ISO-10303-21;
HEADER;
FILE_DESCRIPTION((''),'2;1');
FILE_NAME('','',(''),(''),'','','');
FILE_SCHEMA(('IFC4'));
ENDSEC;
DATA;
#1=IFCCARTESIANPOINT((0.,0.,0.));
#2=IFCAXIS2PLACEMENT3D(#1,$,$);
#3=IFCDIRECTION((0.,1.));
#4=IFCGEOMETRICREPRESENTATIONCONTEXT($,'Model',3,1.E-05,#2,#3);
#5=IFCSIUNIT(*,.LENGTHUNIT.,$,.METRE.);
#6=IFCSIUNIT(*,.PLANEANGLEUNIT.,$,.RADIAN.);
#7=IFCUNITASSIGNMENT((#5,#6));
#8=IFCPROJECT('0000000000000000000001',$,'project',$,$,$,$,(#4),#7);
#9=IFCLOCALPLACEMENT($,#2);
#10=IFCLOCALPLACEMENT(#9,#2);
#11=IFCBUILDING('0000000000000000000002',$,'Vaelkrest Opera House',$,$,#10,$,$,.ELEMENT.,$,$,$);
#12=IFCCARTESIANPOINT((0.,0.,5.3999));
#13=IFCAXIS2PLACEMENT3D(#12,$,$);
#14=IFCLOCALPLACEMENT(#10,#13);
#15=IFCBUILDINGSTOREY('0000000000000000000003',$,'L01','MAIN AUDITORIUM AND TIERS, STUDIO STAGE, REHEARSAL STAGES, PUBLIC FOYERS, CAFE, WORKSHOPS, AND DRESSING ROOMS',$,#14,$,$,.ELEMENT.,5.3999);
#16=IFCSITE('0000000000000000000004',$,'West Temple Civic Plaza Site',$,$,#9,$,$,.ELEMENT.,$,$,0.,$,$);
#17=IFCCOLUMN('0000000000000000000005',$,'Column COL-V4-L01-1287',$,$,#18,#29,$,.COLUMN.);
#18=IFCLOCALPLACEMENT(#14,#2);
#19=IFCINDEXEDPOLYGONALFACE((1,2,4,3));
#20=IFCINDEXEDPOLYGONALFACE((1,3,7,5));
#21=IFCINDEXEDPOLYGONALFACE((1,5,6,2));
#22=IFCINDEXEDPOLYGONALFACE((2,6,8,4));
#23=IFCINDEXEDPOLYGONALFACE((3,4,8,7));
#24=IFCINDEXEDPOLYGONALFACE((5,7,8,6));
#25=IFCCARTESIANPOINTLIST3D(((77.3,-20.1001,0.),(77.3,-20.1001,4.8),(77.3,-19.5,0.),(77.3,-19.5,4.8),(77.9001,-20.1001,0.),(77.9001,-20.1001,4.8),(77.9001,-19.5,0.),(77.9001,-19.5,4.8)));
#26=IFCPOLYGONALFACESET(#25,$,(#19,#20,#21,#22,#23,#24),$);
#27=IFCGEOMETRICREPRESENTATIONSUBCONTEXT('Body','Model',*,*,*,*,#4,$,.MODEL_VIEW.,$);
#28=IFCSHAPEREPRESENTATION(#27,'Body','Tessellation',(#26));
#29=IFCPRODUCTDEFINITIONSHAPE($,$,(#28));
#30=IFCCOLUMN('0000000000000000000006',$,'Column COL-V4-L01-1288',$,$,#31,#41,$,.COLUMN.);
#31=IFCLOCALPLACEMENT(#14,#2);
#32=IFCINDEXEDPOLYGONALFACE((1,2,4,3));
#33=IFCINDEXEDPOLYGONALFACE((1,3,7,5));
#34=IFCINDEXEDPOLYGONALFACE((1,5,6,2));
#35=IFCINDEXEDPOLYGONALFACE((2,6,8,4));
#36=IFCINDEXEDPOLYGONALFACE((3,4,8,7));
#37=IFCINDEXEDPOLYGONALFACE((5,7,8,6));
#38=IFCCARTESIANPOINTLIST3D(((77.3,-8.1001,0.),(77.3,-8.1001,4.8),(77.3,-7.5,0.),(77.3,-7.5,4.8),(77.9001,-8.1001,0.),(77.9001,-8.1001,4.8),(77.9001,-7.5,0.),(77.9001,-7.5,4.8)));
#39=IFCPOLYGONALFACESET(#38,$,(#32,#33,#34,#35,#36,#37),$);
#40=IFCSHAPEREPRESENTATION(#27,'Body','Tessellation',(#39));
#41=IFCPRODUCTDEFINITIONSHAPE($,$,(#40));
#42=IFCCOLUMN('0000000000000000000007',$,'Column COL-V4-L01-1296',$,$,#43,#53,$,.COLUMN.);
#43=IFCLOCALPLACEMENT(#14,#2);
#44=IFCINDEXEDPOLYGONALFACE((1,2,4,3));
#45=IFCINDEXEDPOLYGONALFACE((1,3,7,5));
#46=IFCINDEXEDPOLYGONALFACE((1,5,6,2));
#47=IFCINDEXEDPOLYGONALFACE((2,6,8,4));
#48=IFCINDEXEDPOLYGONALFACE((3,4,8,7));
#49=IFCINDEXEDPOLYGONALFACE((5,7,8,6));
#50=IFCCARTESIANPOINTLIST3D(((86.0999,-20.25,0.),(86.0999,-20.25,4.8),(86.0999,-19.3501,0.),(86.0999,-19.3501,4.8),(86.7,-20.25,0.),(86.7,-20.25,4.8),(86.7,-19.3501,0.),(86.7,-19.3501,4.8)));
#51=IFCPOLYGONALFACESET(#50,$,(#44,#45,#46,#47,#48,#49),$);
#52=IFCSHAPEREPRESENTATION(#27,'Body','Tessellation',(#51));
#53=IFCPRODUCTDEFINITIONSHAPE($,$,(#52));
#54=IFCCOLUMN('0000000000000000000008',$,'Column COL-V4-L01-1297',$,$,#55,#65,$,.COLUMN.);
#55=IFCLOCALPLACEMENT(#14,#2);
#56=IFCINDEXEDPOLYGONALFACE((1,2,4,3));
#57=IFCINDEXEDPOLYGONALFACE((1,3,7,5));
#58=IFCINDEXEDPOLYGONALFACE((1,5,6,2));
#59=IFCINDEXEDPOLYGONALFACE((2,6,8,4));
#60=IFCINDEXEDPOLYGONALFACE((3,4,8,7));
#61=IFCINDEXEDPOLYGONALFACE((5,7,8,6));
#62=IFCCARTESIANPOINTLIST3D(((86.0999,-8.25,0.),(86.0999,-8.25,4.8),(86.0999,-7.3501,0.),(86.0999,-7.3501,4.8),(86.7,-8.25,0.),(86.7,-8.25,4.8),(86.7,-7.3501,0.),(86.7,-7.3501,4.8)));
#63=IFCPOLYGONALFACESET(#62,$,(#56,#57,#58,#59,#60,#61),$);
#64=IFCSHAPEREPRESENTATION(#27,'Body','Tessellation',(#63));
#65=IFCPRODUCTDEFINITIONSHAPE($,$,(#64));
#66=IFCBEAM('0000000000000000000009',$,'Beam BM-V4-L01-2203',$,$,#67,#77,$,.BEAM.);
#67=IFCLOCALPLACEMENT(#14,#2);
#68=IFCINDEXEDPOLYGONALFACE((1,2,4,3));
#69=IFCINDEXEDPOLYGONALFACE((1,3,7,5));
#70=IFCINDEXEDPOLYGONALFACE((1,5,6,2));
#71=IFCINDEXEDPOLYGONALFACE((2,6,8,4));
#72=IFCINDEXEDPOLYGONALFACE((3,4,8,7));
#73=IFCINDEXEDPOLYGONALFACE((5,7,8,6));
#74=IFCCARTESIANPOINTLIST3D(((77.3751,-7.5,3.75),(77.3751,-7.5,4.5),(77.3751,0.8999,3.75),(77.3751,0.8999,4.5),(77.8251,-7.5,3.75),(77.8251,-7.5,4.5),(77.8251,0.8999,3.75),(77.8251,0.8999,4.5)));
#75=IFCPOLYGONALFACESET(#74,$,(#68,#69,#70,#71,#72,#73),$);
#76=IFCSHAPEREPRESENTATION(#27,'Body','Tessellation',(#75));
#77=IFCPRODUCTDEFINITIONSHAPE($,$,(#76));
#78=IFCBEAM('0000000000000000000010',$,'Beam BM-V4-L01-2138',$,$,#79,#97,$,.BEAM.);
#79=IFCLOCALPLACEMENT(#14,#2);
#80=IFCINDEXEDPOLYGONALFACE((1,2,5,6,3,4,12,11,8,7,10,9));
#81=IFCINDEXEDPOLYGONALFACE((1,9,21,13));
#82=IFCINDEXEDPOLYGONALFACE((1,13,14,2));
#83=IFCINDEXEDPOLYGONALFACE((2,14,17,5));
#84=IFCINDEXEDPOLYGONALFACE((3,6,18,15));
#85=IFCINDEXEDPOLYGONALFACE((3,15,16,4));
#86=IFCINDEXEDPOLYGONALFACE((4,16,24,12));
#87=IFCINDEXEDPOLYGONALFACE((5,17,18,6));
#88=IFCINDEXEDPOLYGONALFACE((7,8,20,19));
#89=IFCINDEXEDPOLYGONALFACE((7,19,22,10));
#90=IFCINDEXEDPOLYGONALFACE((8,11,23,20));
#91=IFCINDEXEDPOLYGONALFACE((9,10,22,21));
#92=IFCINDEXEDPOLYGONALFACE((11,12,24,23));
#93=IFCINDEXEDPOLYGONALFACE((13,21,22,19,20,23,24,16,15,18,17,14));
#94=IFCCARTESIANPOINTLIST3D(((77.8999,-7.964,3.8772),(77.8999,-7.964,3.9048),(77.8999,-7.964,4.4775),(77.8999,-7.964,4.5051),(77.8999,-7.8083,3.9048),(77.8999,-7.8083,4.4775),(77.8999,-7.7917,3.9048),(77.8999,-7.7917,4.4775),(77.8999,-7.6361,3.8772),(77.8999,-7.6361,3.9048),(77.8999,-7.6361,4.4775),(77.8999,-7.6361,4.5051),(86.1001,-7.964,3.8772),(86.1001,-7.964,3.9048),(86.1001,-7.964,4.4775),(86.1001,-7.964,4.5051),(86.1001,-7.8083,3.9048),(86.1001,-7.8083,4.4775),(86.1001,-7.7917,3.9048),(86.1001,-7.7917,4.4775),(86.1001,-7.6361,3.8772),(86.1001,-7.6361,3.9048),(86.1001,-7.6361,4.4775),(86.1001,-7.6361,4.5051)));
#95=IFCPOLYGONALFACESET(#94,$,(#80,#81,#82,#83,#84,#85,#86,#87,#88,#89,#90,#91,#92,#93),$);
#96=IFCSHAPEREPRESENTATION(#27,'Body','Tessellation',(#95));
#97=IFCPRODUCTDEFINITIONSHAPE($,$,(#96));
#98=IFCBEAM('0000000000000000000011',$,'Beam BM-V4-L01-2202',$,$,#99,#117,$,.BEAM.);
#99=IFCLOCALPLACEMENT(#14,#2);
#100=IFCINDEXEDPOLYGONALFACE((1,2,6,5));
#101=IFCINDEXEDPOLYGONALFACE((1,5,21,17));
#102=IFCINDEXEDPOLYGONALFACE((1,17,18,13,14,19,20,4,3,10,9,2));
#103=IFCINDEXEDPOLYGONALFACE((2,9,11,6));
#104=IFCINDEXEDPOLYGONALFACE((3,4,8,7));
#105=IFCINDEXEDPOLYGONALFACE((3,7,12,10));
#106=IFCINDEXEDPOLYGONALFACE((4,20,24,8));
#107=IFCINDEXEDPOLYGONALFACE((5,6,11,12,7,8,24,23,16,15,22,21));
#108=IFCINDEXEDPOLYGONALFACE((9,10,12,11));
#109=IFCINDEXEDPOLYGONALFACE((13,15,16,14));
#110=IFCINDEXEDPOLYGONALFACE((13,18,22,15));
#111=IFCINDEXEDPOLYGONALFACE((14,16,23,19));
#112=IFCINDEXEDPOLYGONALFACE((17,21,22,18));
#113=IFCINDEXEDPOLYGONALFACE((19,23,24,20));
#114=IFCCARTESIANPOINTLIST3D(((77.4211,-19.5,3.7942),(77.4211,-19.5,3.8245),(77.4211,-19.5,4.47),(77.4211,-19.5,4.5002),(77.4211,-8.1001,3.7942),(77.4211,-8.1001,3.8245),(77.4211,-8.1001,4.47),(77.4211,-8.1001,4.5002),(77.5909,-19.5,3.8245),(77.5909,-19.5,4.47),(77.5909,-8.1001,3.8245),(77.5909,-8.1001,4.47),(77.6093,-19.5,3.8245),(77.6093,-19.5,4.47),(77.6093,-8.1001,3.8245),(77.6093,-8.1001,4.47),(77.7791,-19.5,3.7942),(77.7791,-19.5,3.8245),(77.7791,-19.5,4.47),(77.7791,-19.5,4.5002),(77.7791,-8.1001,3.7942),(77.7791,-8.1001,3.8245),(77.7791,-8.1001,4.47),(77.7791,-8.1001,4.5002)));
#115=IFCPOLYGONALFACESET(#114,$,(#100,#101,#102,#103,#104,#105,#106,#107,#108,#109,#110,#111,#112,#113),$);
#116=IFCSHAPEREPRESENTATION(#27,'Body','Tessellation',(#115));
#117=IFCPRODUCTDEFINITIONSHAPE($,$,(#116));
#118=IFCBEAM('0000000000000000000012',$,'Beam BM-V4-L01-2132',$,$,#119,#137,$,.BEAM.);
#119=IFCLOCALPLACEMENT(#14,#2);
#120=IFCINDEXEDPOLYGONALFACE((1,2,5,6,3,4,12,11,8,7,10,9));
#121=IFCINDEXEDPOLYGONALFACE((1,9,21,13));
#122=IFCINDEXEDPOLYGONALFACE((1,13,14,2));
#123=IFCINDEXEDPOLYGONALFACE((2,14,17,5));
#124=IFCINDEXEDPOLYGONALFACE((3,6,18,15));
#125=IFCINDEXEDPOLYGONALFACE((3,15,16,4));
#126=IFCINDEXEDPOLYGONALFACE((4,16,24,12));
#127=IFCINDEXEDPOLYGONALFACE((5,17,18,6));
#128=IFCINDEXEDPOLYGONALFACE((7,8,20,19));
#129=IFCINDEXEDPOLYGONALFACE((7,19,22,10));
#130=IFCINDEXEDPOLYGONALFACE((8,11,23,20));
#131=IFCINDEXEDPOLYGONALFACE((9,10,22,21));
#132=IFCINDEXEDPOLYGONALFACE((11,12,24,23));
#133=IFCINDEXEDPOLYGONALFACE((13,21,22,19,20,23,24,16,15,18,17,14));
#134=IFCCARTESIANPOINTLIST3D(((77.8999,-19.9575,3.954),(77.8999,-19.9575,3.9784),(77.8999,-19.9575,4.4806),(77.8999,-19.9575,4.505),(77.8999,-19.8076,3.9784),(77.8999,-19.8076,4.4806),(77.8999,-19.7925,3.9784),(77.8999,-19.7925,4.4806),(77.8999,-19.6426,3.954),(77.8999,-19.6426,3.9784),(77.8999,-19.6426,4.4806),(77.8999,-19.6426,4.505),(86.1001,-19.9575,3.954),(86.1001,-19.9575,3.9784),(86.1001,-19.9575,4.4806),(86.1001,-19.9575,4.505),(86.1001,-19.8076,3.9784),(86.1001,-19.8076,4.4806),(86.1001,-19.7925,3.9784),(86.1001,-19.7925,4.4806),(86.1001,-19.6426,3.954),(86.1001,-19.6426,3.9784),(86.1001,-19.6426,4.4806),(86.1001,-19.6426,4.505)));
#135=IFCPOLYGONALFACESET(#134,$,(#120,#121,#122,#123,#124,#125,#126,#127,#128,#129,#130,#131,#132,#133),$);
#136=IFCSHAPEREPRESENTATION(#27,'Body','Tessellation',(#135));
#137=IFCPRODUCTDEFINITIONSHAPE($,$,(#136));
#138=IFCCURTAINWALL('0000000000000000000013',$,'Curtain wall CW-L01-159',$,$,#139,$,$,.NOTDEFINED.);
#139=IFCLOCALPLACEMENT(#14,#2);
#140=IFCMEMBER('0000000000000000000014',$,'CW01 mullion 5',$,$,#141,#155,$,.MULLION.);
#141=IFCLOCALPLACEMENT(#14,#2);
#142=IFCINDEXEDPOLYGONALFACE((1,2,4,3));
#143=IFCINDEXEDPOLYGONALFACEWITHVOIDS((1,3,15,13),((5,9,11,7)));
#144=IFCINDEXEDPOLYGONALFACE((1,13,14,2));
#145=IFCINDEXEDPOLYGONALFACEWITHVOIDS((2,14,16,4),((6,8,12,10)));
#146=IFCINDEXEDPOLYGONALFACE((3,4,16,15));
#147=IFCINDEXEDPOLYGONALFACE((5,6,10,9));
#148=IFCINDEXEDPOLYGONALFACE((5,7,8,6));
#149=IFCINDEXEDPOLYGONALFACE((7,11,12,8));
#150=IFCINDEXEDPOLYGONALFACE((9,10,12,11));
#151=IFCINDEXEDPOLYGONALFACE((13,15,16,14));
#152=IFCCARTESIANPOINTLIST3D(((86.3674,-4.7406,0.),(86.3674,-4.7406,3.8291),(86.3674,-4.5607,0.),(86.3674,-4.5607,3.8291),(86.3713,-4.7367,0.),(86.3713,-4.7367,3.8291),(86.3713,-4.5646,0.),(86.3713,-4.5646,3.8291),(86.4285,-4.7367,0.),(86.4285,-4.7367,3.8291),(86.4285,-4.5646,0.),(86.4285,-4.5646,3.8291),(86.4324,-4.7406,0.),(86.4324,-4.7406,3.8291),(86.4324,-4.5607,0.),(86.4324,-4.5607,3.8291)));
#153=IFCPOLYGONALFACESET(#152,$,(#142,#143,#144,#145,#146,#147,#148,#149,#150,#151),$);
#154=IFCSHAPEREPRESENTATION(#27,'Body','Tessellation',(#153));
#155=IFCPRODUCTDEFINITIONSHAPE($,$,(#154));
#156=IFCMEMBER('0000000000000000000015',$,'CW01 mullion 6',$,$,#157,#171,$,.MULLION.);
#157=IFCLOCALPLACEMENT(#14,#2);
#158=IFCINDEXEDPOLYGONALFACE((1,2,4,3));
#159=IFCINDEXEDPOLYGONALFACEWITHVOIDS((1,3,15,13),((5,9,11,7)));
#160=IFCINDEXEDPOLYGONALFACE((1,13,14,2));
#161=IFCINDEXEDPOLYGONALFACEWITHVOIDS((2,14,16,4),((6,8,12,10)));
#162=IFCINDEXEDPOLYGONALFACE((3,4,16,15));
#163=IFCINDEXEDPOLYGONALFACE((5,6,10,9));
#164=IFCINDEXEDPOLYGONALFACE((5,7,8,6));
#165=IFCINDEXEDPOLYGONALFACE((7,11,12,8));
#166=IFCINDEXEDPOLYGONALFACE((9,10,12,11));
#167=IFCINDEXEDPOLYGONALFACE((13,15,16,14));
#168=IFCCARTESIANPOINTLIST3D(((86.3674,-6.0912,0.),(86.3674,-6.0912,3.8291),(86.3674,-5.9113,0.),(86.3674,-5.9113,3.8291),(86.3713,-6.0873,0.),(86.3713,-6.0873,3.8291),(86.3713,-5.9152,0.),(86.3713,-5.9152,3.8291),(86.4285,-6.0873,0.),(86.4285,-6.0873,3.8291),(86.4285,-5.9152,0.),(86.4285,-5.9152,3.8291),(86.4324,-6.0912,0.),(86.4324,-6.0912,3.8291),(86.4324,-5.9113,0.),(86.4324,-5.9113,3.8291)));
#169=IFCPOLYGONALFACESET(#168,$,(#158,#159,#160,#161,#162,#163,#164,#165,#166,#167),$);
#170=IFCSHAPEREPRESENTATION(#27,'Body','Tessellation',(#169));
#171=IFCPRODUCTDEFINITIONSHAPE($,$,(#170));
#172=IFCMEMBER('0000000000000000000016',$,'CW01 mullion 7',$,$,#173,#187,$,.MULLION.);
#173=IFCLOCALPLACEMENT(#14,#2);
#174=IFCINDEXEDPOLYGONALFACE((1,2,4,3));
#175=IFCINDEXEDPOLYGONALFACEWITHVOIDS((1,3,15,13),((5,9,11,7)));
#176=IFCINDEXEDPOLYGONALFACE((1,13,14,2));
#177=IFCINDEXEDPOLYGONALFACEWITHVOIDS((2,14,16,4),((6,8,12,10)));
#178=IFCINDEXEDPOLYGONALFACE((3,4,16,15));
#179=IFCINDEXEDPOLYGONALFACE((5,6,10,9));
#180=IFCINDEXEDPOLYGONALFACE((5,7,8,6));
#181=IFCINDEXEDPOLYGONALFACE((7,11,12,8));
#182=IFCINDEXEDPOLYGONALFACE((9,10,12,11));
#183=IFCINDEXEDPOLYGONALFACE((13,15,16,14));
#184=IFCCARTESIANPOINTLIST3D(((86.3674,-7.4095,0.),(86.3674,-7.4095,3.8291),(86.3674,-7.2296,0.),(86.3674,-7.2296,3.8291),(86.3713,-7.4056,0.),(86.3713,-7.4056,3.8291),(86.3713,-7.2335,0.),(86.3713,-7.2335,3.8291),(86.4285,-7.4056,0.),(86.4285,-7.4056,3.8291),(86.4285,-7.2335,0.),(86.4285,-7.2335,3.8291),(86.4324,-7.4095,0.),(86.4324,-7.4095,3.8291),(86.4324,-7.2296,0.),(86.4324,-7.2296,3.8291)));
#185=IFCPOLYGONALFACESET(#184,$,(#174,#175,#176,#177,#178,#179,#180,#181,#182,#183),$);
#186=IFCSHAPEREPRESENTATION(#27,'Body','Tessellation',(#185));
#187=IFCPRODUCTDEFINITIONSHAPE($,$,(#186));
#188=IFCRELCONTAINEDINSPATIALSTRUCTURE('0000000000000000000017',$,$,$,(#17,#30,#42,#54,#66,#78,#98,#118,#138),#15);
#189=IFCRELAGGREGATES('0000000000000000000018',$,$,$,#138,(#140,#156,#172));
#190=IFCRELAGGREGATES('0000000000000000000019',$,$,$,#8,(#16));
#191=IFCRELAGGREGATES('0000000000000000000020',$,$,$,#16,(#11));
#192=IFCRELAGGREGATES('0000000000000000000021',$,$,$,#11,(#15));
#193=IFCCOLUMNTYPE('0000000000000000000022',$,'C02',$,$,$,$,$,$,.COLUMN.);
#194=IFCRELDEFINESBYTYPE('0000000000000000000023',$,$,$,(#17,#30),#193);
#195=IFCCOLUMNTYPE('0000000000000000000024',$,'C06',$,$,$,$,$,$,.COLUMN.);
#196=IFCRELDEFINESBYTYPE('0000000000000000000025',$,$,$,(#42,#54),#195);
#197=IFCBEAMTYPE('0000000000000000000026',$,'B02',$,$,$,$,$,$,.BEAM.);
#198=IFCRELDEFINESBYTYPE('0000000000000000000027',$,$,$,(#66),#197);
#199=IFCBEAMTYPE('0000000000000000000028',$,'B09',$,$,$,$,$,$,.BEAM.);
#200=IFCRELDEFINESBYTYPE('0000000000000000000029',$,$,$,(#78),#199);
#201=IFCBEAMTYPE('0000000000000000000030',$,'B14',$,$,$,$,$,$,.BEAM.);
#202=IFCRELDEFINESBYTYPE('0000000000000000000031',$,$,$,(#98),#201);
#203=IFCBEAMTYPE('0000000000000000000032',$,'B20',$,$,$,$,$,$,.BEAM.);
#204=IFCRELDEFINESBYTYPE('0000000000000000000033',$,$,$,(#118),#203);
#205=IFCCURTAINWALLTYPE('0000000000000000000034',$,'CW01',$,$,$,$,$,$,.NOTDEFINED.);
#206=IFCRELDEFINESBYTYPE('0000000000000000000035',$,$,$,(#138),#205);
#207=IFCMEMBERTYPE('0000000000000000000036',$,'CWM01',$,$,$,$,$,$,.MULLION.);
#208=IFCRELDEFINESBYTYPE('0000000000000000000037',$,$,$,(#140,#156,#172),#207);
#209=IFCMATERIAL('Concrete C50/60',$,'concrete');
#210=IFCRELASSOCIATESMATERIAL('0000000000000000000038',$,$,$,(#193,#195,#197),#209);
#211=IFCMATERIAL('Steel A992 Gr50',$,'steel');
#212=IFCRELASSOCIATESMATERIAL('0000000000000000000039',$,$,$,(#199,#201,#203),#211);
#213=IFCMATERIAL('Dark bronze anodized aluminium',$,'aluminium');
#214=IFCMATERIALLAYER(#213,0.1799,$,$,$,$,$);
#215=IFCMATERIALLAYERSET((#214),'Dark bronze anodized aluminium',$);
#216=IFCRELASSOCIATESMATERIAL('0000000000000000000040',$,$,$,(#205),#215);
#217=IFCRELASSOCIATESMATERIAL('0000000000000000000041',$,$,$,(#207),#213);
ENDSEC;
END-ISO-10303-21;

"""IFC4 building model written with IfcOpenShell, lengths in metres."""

from ifc_helpers import new_model, si_unit, direction, frame, origin, origin_2d, place, context, subcontext, project, spatial, rectangle, hollow_rectangle, i_section, extrude, material, layer, layer_set, material_profile, profile_set, type_object, element, aggregate, save


model = new_model("IFC4")

# Units and contexts
model_context = context("Model", 3, precision=1e-05, world=origin(), true_north=direction((0.0, 1.0)))
body_context = subcontext(model_context, "Body", "Model", "MODEL_VIEW")
ifc_project = project(units=[si_unit("LENGTHUNIT", "METRE"), si_unit("PLANEANGLEUNIT", "RADIAN")], contexts=[model_context])

# Site, building, storey
site_placement = place(None, origin())
site = spatial("IfcSite", under=ifc_project, at=site_placement, Name="West Temple Civic Plaza Site", CompositionType="ELEMENT", RefElevation=0.0)
building_placement = place(site_placement, origin())
building = spatial("IfcBuilding", under=site, at=building_placement, Name="Vaelkrest Opera House", CompositionType="ELEMENT")
storey_placement = place(building_placement, frame((0.0, 0.0, 5.3999)))
storey = spatial("IfcBuildingStorey", under=building, at=storey_placement, Name="L01", Description="MAIN AUDITORIUM AND TIERS, STUDIO STAGE, REHEARSAL STAGES, PUBLIC FOYERS, CAFE, WORKSHOPS, AND DRESSING ROOMS", CompositionType="ELEMENT", Elevation=5.3999)

# Columns
ifc_material_1 = material(Name="Concrete C50/60", Category="concrete")
ifc_material_profile_1 = material_profile(ifc_material_1, rectangle(XDim=0.6001, YDim=0.6001, at=origin_2d()), Name="RC600X600")
ifc_profile_set_1 = profile_set([ifc_material_profile_1], Name="Concrete C50/60")
column_type_1 = type_object("IfcColumnType", Name="C02", PredefinedType="COLUMN", material=ifc_profile_set_1)
for number, where, z_axis, x_axis, name in (
    (1, (77.6001, -19.8, 0.0), (0.0, 0.0, 1.0), (1.0, 0.0, 0.0), "Column COL-V4-L01-1287"),
    (2, (77.6001, -7.8, 0.0), (0.0, 0.0, 1.0), (1.0, 0.0, 0.0), "Column COL-V4-L01-1288"),
):
    element("IfcColumn", number, at=place(storey_placement, frame(where, z_axis=z_axis, x_axis=x_axis)), inside=storey, type_object=column_type_1, Name=name, PredefinedType="COLUMN", context=body_context, shape_type="SweptSolid", body=[
        extrude(rectangle(XDim=0.6001, YDim=0.6001, at=origin_2d()), origin(), (0.0, 0.0, 1.0), 4.8),
    ])
ifc_material_profile_2 = material_profile(ifc_material_1, rectangle(XDim=0.6001, YDim=0.8999, at=origin_2d()), Name="RC600X900")
ifc_profile_set_2 = profile_set([ifc_material_profile_2], Name="Concrete C50/60")
column_type_2 = type_object("IfcColumnType", Name="C06", PredefinedType="COLUMN", material=ifc_profile_set_2)
for number, where, z_axis, x_axis, name in (
    (3, (86.3999, -19.8, 0.0), (0.0, 0.0, 1.0), (1.0, 0.0, 0.0), "Column COL-V4-L01-1296"),
    (4, (86.3999, -7.8, 0.0), (0.0, 0.0, 1.0), (1.0, 0.0, 0.0), "Column COL-V4-L01-1297"),
):
    element("IfcColumn", number, at=place(storey_placement, frame(where, z_axis=z_axis, x_axis=x_axis)), inside=storey, type_object=column_type_2, Name=name, PredefinedType="COLUMN", context=body_context, shape_type="SweptSolid", body=[
        extrude(rectangle(XDim=0.6001, YDim=0.8999, at=origin_2d()), origin(), (0.0, 0.0, 1.0), 4.8),
    ])

# Beams
ifc_material_profile_3 = material_profile(ifc_material_1, rectangle(XDim=0.45, YDim=0.75, at=origin_2d()), Name="RCB450X750")
ifc_profile_set_3 = profile_set([ifc_material_profile_3], Name="Concrete C50/60")
beam_type_1 = type_object("IfcBeamType", Name="B02", PredefinedType="BEAM", material=ifc_profile_set_3)
beam_1_placement = place(storey_placement, frame((77.6001, -7.5, 4.125), z_axis=(0.0, 1.0, 0.0), x_axis=(-1.0, 0.0, 0.0)))
element("IfcBeam", 5, at=beam_1_placement, inside=storey, type_object=beam_type_1, Name="Beam BM-V4-L01-2203", PredefinedType="BEAM", context=body_context, shape_type="SweptSolid", body=[
    extrude(rectangle(XDim=0.45, YDim=0.75, at=origin_2d()), origin(), (0.0, 0.0, 1.0), 8.3999),
])
ifc_material_2 = material(Name="Steel A992 Gr50", Category="steel")
ifc_material_profile_4 = material_profile(ifc_material_2, i_section(OverallWidth=0.3279, OverallDepth=0.6279, WebThickness=0.0166, FlangeThickness=0.0276, at=origin_2d()), Name="W24X146")
ifc_profile_set_4 = profile_set([ifc_material_profile_4], Name="Steel A992 Gr50")
beam_type_2 = type_object("IfcBeamType", Name="B09", PredefinedType="BEAM", material=ifc_profile_set_4)
beam_2_placement = place(storey_placement, frame((77.8999, -7.8, 4.1912), z_axis=(1.0, 0.0, 0.0), x_axis=(0.0, 1.0, 0.0)))
element("IfcBeam", 6, at=beam_2_placement, inside=storey, type_object=beam_type_2, Name="Beam BM-V4-L01-2138", PredefinedType="BEAM", context=body_context, shape_type="SweptSolid", body=[
    extrude(i_section(OverallWidth=0.3279, OverallDepth=0.6279, WebThickness=0.0166, FlangeThickness=0.0276, at=origin_2d()), origin(), (0.0, 0.0, 1.0), 8.2002),
])
ifc_material_profile_5 = material_profile(ifc_material_2, i_section(OverallWidth=0.3579, OverallDepth=0.7061, WebThickness=0.0183, FlangeThickness=0.0303, at=origin_2d()), Name="W27X178")
ifc_profile_set_5 = profile_set([ifc_material_profile_5], Name="Steel A992 Gr50")
beam_type_3 = type_object("IfcBeamType", Name="B14", PredefinedType="BEAM", material=ifc_profile_set_5)
beam_3_placement = place(storey_placement, frame((77.6001, -19.5, 4.1472), z_axis=(0.0, 1.0, 0.0), x_axis=(-1.0, 0.0, 0.0)))
element("IfcBeam", 7, at=beam_3_placement, inside=storey, type_object=beam_type_3, Name="Beam BM-V4-L01-2202", PredefinedType="BEAM", context=body_context, shape_type="SweptSolid", body=[
    extrude(i_section(OverallWidth=0.3579, OverallDepth=0.7061, WebThickness=0.0183, FlangeThickness=0.0303, at=origin_2d()), origin(), (0.0, 0.0, 1.0), 11.3999),
])
ifc_material_profile_6 = material_profile(ifc_material_2, i_section(OverallWidth=0.3149, OverallDepth=0.551, WebThickness=0.0151, FlangeThickness=0.0244, at=origin_2d()), Name="W21X122")
ifc_profile_set_6 = profile_set([ifc_material_profile_6], Name="Steel A992 Gr50")
beam_type_4 = type_object("IfcBeamType", Name="B20", PredefinedType="BEAM", material=ifc_profile_set_6)
beam_4_placement = place(storey_placement, frame((77.8999, -19.8, 4.2295), z_axis=(1.0, 0.0, 0.0), x_axis=(0.0, 1.0, 0.0)))
element("IfcBeam", 8, at=beam_4_placement, inside=storey, type_object=beam_type_4, Name="Beam BM-V4-L01-2132", PredefinedType="BEAM", context=body_context, shape_type="SweptSolid", body=[
    extrude(i_section(OverallWidth=0.3149, OverallDepth=0.551, WebThickness=0.0151, FlangeThickness=0.0244, at=origin_2d()), origin(), (0.0, 0.0, 1.0), 8.2002),
])

# Curtain wall, members
ifc_material_3 = material(Name="Dark bronze anodized aluminium", Category="aluminium")
ifc_layer_1 = layer(ifc_material_3, 0.1799)
ifc_layer_set_1 = layer_set([ifc_layer_1], Name="Dark bronze anodized aluminium")
curtain_wall_type_1 = type_object("IfcCurtainWallType", Name="CW01", PredefinedType="NOTDEFINED", material=ifc_layer_set_1)
curtain_wall_1_placement = place(storey_placement, origin())
curtain_wall_1 = element("IfcCurtainWall", 9, at=curtain_wall_1_placement, inside=storey, type_object=curtain_wall_type_1, Name="Curtain wall CW-L01-159", PredefinedType="NOTDEFINED")
ifc_material_profile_7 = material_profile(ifc_material_3, hollow_rectangle(XDim=0.0649, YDim=0.1799, WallThickness=0.0039, at=origin_2d()), Name="CWM65X180")
ifc_profile_set_7 = profile_set([ifc_material_profile_7], Name="Dark bronze anodized aluminium")
member_type_1 = type_object("IfcMemberType", Name="CWM01", PredefinedType="MULLION", material=ifc_profile_set_7)
member_1_placement = place(storey_placement, frame((86.3999, -4.6506, 0.0), z_axis=(0.0, 0.0, 1.0), x_axis=(1.0, 0.0, 0.0)))
member_1 = element("IfcMember", 10, at=member_1_placement, type_object=member_type_1, Name="CW01 mullion 5", PredefinedType="MULLION", context=body_context, shape_type="SweptSolid", body=[
    extrude(hollow_rectangle(XDim=0.0649, YDim=0.1799, WallThickness=0.0039, at=origin_2d()), origin(), (0.0, 0.0, 1.0), 3.8291),
])
member_2_placement = place(storey_placement, frame((86.3999, -6.0012, 0.0), z_axis=(0.0, 0.0, 1.0), x_axis=(1.0, 0.0, 0.0)))
member_2 = element("IfcMember", 11, at=member_2_placement, type_object=member_type_1, Name="CW01 mullion 6", PredefinedType="MULLION", context=body_context, shape_type="SweptSolid", body=[
    extrude(hollow_rectangle(XDim=0.0649, YDim=0.1799, WallThickness=0.0039, at=origin_2d()), origin(), (0.0, 0.0, 1.0), 3.8291),
])
member_3_placement = place(storey_placement, frame((86.3999, -7.3196, 0.0), z_axis=(0.0, 0.0, 1.0), x_axis=(1.0, 0.0, 0.0)))
member_3 = element("IfcMember", 12, at=member_3_placement, type_object=member_type_1, Name="CW01 mullion 7", PredefinedType="MULLION", context=body_context, shape_type="SweptSolid", body=[
    extrude(hollow_rectangle(XDim=0.0649, YDim=0.1799, WallThickness=0.0039, at=origin_2d()), origin(), (0.0, 0.0, 1.0), 3.8291),
])

aggregate(curtain_wall_1, [member_1, member_2, member_3])

save(model, "model.ifc")
